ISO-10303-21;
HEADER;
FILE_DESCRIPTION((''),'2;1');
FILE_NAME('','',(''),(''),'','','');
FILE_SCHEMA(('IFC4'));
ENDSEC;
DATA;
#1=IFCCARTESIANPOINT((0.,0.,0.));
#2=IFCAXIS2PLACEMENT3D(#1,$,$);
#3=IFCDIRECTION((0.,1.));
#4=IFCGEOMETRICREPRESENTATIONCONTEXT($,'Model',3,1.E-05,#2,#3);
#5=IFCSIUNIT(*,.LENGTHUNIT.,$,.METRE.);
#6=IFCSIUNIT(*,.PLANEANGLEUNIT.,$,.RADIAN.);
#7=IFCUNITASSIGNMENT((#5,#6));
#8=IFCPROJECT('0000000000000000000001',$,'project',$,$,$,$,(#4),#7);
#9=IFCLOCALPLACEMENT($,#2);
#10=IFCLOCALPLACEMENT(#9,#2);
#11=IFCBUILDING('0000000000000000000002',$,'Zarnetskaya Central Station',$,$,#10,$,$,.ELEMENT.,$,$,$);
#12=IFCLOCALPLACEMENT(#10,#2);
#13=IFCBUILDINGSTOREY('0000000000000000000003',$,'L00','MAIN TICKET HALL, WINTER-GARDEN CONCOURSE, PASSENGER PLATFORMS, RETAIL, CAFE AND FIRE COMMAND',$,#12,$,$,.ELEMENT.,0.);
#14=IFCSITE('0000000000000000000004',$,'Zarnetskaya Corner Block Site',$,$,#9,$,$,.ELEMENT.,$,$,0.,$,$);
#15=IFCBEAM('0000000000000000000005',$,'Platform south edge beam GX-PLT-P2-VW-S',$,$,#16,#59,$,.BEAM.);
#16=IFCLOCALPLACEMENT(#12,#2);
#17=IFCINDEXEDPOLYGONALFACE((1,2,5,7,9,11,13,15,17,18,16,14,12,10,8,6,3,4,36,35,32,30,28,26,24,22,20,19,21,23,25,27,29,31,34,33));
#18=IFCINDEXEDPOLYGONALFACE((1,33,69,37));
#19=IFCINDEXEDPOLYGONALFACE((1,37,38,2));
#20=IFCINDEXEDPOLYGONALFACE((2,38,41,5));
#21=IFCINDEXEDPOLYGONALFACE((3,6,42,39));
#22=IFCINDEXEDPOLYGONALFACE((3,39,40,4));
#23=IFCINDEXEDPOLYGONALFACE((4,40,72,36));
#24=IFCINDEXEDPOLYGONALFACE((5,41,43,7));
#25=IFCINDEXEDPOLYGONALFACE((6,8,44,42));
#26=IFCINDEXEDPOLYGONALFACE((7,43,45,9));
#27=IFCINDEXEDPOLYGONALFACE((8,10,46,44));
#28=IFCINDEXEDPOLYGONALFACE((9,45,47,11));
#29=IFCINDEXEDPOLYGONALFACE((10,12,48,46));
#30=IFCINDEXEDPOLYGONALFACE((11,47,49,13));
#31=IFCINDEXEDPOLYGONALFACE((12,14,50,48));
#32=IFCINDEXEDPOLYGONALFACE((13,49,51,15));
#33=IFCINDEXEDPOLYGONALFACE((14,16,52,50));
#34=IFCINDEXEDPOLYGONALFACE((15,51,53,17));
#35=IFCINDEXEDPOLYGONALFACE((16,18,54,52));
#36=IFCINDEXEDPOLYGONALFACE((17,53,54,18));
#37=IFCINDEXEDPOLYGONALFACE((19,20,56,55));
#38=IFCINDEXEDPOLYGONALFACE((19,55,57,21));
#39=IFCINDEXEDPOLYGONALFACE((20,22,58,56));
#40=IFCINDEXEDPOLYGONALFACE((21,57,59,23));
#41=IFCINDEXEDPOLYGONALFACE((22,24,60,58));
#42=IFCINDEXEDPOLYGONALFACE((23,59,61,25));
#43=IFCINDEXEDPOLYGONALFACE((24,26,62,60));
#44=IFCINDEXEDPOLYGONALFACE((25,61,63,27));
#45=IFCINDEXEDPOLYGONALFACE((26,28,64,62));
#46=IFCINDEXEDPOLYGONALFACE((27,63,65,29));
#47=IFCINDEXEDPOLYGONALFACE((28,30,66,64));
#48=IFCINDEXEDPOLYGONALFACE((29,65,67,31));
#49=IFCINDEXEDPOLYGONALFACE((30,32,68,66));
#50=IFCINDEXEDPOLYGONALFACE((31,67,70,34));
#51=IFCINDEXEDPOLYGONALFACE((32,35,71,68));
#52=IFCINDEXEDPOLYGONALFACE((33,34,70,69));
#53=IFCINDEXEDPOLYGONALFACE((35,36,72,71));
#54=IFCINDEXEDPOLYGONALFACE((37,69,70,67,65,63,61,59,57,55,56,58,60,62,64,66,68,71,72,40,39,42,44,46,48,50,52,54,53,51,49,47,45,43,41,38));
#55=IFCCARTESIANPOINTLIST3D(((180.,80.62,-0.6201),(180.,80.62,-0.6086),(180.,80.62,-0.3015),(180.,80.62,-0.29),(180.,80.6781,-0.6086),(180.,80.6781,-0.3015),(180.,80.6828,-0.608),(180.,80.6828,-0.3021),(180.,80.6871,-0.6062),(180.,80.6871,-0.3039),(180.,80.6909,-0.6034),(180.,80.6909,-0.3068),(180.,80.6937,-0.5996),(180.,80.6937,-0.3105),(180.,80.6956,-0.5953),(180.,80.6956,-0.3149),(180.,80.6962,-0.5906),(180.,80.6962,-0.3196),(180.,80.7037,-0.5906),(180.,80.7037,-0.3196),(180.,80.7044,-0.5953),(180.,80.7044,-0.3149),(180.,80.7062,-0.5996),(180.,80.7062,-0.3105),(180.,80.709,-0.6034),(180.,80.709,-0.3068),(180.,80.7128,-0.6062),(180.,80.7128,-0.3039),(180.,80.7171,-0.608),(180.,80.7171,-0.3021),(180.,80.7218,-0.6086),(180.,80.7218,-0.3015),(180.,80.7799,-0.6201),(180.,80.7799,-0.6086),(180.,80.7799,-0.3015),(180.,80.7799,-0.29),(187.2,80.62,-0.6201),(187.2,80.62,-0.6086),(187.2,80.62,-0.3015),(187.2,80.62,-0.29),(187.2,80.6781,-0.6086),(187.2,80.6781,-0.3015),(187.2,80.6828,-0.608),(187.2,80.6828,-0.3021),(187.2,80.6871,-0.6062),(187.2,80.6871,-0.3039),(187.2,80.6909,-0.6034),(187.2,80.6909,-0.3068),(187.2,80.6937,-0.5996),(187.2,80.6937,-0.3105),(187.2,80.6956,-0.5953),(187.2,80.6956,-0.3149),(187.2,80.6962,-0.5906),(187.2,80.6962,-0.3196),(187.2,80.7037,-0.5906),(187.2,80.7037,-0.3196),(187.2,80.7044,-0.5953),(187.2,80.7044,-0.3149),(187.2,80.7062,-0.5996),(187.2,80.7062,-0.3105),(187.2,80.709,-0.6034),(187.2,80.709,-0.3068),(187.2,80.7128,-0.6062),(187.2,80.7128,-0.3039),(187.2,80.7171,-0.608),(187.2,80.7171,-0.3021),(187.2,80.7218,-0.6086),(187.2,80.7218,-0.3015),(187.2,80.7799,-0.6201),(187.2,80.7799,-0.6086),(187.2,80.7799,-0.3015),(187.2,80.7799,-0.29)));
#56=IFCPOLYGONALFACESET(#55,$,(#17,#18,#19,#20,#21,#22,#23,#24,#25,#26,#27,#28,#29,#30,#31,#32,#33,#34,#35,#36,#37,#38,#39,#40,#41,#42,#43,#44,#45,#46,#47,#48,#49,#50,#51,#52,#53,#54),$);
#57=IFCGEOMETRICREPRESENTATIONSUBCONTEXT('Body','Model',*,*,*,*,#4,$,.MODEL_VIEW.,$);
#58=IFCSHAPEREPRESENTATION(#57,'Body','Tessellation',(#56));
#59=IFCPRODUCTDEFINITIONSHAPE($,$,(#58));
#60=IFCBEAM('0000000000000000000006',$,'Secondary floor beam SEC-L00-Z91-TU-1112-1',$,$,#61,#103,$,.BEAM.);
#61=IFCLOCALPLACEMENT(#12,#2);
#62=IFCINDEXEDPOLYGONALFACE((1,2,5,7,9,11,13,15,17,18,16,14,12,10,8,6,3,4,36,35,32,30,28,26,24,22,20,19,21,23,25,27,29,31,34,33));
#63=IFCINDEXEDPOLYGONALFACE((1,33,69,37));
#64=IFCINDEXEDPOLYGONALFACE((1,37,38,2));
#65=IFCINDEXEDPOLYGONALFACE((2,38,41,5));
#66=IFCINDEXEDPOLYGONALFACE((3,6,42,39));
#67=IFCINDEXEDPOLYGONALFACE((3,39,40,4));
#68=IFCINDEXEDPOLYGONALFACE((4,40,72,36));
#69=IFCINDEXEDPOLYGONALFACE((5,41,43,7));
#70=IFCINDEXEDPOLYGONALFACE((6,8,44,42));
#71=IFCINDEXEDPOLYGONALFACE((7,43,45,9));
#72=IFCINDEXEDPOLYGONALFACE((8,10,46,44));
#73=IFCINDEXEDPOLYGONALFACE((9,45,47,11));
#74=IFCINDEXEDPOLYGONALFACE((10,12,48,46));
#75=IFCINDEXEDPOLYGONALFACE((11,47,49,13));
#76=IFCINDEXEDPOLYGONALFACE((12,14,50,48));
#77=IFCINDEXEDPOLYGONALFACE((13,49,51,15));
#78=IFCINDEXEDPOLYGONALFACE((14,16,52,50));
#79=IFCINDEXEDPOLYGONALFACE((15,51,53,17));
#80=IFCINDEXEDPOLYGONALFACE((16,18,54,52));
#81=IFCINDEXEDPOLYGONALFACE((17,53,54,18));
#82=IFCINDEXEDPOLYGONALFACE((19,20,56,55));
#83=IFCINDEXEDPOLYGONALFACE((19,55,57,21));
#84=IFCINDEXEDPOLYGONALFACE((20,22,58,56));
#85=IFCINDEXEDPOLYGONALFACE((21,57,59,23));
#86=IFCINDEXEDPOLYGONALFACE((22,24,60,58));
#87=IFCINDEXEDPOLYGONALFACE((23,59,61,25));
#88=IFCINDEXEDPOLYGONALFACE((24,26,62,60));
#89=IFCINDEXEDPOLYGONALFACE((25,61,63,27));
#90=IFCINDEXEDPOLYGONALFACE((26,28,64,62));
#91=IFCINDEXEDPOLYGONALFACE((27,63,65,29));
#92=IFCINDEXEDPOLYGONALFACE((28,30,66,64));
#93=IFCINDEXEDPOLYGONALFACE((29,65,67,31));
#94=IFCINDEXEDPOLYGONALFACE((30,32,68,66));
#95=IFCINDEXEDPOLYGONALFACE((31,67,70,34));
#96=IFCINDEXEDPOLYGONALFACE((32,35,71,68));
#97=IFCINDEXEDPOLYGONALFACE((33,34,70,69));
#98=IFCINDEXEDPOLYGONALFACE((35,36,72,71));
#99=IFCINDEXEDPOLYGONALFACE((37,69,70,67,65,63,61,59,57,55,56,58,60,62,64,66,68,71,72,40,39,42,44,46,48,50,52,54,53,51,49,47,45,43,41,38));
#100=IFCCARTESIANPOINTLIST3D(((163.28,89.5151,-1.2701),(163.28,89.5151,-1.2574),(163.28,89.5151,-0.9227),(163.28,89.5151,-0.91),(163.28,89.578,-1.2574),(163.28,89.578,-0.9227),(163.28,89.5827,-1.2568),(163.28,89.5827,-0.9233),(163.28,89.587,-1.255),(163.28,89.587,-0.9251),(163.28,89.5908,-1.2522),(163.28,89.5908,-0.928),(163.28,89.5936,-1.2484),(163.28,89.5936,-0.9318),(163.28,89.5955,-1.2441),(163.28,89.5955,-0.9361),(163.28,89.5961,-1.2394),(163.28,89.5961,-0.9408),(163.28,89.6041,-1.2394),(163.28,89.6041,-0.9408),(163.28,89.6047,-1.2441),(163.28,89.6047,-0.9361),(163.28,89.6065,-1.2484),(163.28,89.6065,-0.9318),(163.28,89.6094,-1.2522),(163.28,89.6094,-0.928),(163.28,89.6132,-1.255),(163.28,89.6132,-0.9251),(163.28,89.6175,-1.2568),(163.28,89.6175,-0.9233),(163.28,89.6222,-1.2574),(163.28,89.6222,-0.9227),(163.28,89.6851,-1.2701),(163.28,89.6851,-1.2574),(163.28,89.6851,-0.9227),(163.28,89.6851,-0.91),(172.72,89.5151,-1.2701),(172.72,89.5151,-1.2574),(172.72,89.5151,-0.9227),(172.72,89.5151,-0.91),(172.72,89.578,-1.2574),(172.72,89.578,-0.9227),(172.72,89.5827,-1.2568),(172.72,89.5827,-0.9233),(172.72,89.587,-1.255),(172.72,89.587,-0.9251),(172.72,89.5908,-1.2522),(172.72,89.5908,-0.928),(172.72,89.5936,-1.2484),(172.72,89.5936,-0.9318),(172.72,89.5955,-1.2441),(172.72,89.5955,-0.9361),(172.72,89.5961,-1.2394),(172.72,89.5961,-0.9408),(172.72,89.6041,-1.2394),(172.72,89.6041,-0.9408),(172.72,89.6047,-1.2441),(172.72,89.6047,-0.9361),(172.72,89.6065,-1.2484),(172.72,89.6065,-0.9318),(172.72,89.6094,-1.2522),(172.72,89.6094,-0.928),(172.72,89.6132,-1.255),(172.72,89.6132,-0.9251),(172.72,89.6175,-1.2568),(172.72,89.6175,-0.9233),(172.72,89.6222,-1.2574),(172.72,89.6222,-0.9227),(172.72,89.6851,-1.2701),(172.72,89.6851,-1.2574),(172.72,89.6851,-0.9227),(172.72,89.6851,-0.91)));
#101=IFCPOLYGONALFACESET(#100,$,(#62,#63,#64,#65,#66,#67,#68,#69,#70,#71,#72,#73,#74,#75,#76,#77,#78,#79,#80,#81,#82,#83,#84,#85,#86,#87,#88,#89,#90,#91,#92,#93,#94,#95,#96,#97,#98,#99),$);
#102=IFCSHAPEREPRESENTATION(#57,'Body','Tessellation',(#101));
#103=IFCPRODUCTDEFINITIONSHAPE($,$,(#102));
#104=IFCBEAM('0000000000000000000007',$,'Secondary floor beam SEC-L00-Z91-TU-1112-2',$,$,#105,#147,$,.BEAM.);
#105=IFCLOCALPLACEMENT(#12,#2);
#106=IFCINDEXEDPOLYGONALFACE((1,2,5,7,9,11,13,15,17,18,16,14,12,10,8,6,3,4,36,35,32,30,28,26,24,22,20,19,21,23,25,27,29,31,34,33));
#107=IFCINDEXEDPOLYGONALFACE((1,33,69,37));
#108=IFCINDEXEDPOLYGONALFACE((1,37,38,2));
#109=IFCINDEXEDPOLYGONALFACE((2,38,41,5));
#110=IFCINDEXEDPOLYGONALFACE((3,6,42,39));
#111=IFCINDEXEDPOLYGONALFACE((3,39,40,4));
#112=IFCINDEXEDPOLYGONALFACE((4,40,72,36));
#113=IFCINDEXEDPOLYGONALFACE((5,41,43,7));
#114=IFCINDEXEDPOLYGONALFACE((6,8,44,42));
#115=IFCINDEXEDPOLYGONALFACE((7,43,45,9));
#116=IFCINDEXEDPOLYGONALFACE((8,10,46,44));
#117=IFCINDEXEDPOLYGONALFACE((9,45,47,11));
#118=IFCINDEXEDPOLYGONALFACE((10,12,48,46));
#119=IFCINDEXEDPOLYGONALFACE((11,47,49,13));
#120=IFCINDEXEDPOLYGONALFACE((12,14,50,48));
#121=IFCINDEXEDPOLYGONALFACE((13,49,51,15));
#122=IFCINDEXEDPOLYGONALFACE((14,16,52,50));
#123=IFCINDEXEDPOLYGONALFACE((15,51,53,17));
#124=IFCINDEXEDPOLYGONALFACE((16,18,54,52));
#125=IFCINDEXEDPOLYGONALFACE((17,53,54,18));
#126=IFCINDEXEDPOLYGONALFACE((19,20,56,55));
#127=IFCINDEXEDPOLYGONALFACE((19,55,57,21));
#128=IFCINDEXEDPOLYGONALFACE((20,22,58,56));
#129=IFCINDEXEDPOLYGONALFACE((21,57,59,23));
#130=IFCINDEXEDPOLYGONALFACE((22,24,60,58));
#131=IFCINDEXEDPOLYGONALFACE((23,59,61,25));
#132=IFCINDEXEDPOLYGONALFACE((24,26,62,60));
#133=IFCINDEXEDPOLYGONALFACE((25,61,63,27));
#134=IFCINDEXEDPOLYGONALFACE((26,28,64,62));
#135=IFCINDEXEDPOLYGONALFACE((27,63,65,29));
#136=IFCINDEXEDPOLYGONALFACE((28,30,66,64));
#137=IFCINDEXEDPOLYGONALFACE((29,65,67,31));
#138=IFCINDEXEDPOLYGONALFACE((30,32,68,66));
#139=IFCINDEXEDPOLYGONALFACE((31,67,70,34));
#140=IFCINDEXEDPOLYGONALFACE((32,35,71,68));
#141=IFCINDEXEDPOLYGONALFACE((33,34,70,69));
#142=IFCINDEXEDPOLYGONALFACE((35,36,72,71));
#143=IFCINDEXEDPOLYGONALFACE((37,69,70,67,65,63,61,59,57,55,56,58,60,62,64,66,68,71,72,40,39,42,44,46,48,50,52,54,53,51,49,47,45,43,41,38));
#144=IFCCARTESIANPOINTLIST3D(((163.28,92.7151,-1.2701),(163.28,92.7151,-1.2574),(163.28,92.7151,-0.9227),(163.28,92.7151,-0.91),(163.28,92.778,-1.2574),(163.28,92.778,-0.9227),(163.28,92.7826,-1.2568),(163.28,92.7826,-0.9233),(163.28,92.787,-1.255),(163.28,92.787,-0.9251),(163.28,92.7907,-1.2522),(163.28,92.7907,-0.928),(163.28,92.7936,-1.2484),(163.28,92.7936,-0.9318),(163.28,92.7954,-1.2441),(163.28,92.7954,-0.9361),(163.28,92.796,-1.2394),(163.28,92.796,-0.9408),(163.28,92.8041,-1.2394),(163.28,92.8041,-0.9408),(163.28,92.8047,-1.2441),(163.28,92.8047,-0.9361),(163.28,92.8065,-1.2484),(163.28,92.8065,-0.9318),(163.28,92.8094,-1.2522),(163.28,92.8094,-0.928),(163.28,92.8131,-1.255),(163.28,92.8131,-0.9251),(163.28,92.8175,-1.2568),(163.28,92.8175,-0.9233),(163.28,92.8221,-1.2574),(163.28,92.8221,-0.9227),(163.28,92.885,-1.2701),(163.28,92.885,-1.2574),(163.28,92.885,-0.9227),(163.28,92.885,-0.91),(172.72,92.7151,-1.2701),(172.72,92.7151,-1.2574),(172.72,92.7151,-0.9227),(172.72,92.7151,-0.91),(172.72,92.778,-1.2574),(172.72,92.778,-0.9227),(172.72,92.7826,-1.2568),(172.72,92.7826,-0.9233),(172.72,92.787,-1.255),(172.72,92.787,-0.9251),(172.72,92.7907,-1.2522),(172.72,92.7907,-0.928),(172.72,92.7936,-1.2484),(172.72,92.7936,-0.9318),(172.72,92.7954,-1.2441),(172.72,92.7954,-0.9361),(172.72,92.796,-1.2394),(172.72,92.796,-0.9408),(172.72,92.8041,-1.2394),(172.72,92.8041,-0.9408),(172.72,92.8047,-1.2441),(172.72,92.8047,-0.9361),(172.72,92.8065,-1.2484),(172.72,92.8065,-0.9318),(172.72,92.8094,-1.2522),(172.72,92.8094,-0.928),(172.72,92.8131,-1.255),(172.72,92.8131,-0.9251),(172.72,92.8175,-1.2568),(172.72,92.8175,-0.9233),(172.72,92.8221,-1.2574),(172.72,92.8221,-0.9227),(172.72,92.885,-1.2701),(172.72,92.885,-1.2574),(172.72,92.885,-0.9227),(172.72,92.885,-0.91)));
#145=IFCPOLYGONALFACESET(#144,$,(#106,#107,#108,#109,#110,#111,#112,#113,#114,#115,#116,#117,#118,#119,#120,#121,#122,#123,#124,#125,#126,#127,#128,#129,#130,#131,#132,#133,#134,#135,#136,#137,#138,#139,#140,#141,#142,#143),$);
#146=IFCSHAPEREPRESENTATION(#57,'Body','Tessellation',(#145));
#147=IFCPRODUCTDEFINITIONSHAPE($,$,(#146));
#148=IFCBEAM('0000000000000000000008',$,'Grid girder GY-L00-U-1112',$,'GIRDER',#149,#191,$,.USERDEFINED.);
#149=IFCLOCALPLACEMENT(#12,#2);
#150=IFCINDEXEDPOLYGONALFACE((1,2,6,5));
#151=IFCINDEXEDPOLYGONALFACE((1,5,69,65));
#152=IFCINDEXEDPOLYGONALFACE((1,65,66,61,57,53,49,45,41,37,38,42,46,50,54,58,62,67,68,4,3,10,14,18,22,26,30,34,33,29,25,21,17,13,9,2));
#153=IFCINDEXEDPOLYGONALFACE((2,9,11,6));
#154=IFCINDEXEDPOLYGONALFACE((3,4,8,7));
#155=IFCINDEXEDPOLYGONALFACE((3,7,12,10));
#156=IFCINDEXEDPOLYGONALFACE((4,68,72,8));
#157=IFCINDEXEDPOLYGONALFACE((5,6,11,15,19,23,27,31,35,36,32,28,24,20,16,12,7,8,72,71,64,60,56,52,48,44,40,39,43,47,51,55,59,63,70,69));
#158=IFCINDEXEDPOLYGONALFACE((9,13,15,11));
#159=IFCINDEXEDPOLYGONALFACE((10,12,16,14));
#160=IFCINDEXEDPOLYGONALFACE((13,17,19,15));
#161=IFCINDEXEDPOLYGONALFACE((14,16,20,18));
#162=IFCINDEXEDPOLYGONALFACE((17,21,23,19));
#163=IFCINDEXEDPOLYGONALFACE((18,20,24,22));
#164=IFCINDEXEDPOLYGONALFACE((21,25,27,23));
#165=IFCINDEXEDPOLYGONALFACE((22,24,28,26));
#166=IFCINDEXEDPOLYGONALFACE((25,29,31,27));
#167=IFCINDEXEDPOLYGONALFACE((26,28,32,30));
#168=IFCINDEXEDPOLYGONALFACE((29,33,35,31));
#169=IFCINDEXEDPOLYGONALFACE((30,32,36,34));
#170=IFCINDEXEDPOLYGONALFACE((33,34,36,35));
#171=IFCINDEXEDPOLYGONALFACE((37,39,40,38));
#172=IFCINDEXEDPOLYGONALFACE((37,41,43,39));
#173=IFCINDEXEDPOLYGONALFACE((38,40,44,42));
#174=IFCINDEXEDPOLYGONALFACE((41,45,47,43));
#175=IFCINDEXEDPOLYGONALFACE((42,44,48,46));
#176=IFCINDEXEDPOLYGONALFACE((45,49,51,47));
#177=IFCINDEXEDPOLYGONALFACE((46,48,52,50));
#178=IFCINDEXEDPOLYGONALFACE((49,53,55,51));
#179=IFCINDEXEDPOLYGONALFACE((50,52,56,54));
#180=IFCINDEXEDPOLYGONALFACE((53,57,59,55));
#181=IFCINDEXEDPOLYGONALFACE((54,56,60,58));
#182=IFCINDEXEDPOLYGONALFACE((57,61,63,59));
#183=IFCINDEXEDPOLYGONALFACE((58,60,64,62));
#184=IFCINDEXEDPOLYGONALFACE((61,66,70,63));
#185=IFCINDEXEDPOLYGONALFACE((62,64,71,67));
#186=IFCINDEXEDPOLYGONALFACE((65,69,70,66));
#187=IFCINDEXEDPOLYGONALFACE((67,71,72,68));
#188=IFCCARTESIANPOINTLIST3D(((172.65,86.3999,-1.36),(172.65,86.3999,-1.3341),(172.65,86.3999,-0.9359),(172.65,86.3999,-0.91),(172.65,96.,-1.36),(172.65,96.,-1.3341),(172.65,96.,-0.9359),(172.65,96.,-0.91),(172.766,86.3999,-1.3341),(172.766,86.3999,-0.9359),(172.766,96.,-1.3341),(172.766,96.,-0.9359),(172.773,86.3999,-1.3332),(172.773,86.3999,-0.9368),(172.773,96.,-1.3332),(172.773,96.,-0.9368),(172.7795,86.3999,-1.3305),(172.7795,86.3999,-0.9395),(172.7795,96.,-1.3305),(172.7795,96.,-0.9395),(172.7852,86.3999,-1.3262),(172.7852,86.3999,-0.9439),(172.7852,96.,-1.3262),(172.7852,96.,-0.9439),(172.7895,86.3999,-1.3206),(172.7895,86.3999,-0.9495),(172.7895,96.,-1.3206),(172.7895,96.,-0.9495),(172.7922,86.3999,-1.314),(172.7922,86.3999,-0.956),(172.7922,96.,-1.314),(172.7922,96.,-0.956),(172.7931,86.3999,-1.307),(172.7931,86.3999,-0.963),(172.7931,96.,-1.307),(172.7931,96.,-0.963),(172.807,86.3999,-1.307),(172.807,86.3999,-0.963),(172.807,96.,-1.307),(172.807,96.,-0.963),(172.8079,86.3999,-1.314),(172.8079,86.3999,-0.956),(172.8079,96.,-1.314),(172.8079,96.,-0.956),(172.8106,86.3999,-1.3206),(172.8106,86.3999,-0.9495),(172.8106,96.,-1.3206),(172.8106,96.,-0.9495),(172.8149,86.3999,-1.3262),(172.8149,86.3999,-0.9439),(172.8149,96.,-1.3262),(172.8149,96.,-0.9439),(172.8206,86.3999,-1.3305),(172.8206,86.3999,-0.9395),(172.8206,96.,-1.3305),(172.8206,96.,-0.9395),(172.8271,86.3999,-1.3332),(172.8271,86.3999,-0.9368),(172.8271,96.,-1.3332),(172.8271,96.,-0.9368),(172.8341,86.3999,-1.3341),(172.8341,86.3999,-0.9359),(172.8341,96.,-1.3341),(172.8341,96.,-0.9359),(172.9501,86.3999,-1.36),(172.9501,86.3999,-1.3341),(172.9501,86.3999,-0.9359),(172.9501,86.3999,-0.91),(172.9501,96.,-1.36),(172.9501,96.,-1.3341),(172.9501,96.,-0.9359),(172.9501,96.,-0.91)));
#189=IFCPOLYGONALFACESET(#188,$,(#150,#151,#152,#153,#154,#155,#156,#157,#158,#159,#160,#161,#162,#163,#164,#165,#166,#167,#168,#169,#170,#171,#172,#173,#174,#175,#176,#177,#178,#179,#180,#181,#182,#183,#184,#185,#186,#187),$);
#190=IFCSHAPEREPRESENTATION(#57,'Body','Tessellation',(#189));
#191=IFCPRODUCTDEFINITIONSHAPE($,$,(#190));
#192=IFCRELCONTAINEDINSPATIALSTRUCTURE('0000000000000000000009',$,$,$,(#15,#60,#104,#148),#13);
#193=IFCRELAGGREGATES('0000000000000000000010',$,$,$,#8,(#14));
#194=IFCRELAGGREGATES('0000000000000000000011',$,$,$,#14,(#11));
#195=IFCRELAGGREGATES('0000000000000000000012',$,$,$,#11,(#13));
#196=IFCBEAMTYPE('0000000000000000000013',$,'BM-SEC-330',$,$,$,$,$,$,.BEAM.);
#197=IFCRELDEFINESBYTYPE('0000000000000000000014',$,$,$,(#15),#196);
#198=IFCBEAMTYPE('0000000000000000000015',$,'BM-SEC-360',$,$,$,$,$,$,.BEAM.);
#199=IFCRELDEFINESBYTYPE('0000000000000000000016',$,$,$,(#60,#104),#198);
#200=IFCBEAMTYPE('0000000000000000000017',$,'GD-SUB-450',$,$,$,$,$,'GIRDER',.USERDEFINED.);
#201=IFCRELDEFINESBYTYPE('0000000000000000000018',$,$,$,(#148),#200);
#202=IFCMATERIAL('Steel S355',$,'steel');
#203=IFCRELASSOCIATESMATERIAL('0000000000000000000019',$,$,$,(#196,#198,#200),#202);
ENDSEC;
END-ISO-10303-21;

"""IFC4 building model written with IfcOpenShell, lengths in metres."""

from ifc_helpers import new_model, si_unit, direction, frame, origin, origin_2d, place, context, subcontext, project, spatial, i_section, extrude, material, material_profile, profile_set, type_object, element, save


model = new_model("IFC4")

# Units and contexts
model_context = context("Model", 3, precision=1e-05, world=origin(), true_north=direction((0.0, 1.0)))
body_context = subcontext(model_context, "Body", "Model", "MODEL_VIEW")
ifc_project = project(units=[si_unit("LENGTHUNIT", "METRE"), si_unit("PLANEANGLEUNIT", "RADIAN")], contexts=[model_context])

# Site, building, storey
site_placement = place(None, origin())
site = spatial("IfcSite", under=ifc_project, at=site_placement, Name="Zarnetskaya Corner Block Site", CompositionType="ELEMENT", RefElevation=0.0)
building_placement = place(site_placement, origin())
building = spatial("IfcBuilding", under=site, at=building_placement, Name="Zarnetskaya Central Station", CompositionType="ELEMENT")
storey_placement = place(building_placement, origin())
storey = spatial("IfcBuildingStorey", under=building, at=storey_placement, Name="L00", Description="MAIN TICKET HALL, WINTER-GARDEN CONCOURSE, PASSENGER PLATFORMS, RETAIL, CAFE AND FIRE COMMAND", CompositionType="ELEMENT", Elevation=0.0)

# Shared definitions
ifc_material = material(Name="Steel S355", Category="steel")

# Beams
ifc_material_profile_1 = material_profile(ifc_material, i_section(OverallWidth=0.1599, OverallDepth=0.3301, WebThickness=0.0076, FlangeThickness=0.0115, FilletRadius=0.0181, at=origin_2d()), Name="IPE 330")
ifc_profile_set_1 = profile_set([ifc_material_profile_1], Name="Steel S355")
beam_type_1 = type_object("IfcBeamType", Name="BM-SEC-330", PredefinedType="BEAM", material=ifc_profile_set_1)
for number, where, z_axis, x_axis, name in (
    (1, (180.0, 80.7, -0.4551), (1.0, 0.0, 0.0), (0.0, 1.0, 0.0), "Platform south edge beam GX-PLT-P2-VW-S"),
):
    element("IfcBeam", number, at=place(storey_placement, frame(where, z_axis=z_axis, x_axis=x_axis)), inside=storey, type_object=beam_type_1, Name=name, PredefinedType="BEAM", context=body_context, shape_type="SweptSolid", body=[
        extrude(i_section(OverallWidth=0.1599, OverallDepth=0.3301, WebThickness=0.0076, FlangeThickness=0.0115, FilletRadius=0.0181, at=origin_2d()), origin(), (0.0, 0.0, 1.0), 7.2),
    ])
ifc_material_profile_2 = material_profile(ifc_material, i_section(OverallWidth=0.1699, OverallDepth=0.3601, WebThickness=0.0081, FlangeThickness=0.0127, FilletRadius=0.0181, at=origin_2d()), Name="IPE 360")
ifc_profile_set_2 = profile_set([ifc_material_profile_2], Name="Steel S355")
beam_type_2 = type_object("IfcBeamType", Name="BM-SEC-360", PredefinedType="BEAM", material=ifc_profile_set_2)
for number, where, z_axis, x_axis, name in (
    (2, (163.28, 89.6001, -1.0901), (1.0, 0.0, 0.0), (0.0, 1.0, 0.0), "Secondary floor beam SEC-L00-Z91-TU-1112-1"),
    (3, (163.28, 92.8, -1.0901), (1.0, 0.0, 0.0), (0.0, 1.0, 0.0), "Secondary floor beam SEC-L00-Z91-TU-1112-2"),
):
    element("IfcBeam", number, at=place(storey_placement, frame(where, z_axis=z_axis, x_axis=x_axis)), inside=storey, type_object=beam_type_2, Name=name, PredefinedType="BEAM", context=body_context, shape_type="SweptSolid", body=[
        extrude(i_section(OverallWidth=0.1699, OverallDepth=0.3601, WebThickness=0.0081, FlangeThickness=0.0127, FilletRadius=0.0181, at=origin_2d()), origin(), (0.0, 0.0, 1.0), 9.4399),
    ])
ifc_material_profile_3 = material_profile(ifc_material, i_section(OverallWidth=0.3, OverallDepth=0.45, WebThickness=0.0139, FlangeThickness=0.0259, FilletRadius=0.0271, at=origin_2d()), Name="HEB 450")
ifc_profile_set_3 = profile_set([ifc_material_profile_3], Name="Steel S355")
beam_type_3 = type_object("IfcBeamType", Name="GD-SUB-450", ElementType="GIRDER", PredefinedType="USERDEFINED", material=ifc_profile_set_3)
for number, where, z_axis, x_axis, name in (
    (4, (172.8, 86.3999, -1.135), (0.0, 1.0, 0.0), (-1.0, 0.0, 0.0), "Grid girder GY-L00-U-1112"),
):
    element("IfcBeam", number, at=place(storey_placement, frame(where, z_axis=z_axis, x_axis=x_axis)), inside=storey, type_object=beam_type_3, Name=name, ObjectType="GIRDER", PredefinedType="USERDEFINED", context=body_context, shape_type="SweptSolid", body=[
        extrude(i_section(OverallWidth=0.3, OverallDepth=0.45, WebThickness=0.0139, FlangeThickness=0.0259, FilletRadius=0.0271, at=origin_2d()), origin(), (0.0, 0.0, 1.0), 9.6001),
    ])

save(model, "model.ifc")
